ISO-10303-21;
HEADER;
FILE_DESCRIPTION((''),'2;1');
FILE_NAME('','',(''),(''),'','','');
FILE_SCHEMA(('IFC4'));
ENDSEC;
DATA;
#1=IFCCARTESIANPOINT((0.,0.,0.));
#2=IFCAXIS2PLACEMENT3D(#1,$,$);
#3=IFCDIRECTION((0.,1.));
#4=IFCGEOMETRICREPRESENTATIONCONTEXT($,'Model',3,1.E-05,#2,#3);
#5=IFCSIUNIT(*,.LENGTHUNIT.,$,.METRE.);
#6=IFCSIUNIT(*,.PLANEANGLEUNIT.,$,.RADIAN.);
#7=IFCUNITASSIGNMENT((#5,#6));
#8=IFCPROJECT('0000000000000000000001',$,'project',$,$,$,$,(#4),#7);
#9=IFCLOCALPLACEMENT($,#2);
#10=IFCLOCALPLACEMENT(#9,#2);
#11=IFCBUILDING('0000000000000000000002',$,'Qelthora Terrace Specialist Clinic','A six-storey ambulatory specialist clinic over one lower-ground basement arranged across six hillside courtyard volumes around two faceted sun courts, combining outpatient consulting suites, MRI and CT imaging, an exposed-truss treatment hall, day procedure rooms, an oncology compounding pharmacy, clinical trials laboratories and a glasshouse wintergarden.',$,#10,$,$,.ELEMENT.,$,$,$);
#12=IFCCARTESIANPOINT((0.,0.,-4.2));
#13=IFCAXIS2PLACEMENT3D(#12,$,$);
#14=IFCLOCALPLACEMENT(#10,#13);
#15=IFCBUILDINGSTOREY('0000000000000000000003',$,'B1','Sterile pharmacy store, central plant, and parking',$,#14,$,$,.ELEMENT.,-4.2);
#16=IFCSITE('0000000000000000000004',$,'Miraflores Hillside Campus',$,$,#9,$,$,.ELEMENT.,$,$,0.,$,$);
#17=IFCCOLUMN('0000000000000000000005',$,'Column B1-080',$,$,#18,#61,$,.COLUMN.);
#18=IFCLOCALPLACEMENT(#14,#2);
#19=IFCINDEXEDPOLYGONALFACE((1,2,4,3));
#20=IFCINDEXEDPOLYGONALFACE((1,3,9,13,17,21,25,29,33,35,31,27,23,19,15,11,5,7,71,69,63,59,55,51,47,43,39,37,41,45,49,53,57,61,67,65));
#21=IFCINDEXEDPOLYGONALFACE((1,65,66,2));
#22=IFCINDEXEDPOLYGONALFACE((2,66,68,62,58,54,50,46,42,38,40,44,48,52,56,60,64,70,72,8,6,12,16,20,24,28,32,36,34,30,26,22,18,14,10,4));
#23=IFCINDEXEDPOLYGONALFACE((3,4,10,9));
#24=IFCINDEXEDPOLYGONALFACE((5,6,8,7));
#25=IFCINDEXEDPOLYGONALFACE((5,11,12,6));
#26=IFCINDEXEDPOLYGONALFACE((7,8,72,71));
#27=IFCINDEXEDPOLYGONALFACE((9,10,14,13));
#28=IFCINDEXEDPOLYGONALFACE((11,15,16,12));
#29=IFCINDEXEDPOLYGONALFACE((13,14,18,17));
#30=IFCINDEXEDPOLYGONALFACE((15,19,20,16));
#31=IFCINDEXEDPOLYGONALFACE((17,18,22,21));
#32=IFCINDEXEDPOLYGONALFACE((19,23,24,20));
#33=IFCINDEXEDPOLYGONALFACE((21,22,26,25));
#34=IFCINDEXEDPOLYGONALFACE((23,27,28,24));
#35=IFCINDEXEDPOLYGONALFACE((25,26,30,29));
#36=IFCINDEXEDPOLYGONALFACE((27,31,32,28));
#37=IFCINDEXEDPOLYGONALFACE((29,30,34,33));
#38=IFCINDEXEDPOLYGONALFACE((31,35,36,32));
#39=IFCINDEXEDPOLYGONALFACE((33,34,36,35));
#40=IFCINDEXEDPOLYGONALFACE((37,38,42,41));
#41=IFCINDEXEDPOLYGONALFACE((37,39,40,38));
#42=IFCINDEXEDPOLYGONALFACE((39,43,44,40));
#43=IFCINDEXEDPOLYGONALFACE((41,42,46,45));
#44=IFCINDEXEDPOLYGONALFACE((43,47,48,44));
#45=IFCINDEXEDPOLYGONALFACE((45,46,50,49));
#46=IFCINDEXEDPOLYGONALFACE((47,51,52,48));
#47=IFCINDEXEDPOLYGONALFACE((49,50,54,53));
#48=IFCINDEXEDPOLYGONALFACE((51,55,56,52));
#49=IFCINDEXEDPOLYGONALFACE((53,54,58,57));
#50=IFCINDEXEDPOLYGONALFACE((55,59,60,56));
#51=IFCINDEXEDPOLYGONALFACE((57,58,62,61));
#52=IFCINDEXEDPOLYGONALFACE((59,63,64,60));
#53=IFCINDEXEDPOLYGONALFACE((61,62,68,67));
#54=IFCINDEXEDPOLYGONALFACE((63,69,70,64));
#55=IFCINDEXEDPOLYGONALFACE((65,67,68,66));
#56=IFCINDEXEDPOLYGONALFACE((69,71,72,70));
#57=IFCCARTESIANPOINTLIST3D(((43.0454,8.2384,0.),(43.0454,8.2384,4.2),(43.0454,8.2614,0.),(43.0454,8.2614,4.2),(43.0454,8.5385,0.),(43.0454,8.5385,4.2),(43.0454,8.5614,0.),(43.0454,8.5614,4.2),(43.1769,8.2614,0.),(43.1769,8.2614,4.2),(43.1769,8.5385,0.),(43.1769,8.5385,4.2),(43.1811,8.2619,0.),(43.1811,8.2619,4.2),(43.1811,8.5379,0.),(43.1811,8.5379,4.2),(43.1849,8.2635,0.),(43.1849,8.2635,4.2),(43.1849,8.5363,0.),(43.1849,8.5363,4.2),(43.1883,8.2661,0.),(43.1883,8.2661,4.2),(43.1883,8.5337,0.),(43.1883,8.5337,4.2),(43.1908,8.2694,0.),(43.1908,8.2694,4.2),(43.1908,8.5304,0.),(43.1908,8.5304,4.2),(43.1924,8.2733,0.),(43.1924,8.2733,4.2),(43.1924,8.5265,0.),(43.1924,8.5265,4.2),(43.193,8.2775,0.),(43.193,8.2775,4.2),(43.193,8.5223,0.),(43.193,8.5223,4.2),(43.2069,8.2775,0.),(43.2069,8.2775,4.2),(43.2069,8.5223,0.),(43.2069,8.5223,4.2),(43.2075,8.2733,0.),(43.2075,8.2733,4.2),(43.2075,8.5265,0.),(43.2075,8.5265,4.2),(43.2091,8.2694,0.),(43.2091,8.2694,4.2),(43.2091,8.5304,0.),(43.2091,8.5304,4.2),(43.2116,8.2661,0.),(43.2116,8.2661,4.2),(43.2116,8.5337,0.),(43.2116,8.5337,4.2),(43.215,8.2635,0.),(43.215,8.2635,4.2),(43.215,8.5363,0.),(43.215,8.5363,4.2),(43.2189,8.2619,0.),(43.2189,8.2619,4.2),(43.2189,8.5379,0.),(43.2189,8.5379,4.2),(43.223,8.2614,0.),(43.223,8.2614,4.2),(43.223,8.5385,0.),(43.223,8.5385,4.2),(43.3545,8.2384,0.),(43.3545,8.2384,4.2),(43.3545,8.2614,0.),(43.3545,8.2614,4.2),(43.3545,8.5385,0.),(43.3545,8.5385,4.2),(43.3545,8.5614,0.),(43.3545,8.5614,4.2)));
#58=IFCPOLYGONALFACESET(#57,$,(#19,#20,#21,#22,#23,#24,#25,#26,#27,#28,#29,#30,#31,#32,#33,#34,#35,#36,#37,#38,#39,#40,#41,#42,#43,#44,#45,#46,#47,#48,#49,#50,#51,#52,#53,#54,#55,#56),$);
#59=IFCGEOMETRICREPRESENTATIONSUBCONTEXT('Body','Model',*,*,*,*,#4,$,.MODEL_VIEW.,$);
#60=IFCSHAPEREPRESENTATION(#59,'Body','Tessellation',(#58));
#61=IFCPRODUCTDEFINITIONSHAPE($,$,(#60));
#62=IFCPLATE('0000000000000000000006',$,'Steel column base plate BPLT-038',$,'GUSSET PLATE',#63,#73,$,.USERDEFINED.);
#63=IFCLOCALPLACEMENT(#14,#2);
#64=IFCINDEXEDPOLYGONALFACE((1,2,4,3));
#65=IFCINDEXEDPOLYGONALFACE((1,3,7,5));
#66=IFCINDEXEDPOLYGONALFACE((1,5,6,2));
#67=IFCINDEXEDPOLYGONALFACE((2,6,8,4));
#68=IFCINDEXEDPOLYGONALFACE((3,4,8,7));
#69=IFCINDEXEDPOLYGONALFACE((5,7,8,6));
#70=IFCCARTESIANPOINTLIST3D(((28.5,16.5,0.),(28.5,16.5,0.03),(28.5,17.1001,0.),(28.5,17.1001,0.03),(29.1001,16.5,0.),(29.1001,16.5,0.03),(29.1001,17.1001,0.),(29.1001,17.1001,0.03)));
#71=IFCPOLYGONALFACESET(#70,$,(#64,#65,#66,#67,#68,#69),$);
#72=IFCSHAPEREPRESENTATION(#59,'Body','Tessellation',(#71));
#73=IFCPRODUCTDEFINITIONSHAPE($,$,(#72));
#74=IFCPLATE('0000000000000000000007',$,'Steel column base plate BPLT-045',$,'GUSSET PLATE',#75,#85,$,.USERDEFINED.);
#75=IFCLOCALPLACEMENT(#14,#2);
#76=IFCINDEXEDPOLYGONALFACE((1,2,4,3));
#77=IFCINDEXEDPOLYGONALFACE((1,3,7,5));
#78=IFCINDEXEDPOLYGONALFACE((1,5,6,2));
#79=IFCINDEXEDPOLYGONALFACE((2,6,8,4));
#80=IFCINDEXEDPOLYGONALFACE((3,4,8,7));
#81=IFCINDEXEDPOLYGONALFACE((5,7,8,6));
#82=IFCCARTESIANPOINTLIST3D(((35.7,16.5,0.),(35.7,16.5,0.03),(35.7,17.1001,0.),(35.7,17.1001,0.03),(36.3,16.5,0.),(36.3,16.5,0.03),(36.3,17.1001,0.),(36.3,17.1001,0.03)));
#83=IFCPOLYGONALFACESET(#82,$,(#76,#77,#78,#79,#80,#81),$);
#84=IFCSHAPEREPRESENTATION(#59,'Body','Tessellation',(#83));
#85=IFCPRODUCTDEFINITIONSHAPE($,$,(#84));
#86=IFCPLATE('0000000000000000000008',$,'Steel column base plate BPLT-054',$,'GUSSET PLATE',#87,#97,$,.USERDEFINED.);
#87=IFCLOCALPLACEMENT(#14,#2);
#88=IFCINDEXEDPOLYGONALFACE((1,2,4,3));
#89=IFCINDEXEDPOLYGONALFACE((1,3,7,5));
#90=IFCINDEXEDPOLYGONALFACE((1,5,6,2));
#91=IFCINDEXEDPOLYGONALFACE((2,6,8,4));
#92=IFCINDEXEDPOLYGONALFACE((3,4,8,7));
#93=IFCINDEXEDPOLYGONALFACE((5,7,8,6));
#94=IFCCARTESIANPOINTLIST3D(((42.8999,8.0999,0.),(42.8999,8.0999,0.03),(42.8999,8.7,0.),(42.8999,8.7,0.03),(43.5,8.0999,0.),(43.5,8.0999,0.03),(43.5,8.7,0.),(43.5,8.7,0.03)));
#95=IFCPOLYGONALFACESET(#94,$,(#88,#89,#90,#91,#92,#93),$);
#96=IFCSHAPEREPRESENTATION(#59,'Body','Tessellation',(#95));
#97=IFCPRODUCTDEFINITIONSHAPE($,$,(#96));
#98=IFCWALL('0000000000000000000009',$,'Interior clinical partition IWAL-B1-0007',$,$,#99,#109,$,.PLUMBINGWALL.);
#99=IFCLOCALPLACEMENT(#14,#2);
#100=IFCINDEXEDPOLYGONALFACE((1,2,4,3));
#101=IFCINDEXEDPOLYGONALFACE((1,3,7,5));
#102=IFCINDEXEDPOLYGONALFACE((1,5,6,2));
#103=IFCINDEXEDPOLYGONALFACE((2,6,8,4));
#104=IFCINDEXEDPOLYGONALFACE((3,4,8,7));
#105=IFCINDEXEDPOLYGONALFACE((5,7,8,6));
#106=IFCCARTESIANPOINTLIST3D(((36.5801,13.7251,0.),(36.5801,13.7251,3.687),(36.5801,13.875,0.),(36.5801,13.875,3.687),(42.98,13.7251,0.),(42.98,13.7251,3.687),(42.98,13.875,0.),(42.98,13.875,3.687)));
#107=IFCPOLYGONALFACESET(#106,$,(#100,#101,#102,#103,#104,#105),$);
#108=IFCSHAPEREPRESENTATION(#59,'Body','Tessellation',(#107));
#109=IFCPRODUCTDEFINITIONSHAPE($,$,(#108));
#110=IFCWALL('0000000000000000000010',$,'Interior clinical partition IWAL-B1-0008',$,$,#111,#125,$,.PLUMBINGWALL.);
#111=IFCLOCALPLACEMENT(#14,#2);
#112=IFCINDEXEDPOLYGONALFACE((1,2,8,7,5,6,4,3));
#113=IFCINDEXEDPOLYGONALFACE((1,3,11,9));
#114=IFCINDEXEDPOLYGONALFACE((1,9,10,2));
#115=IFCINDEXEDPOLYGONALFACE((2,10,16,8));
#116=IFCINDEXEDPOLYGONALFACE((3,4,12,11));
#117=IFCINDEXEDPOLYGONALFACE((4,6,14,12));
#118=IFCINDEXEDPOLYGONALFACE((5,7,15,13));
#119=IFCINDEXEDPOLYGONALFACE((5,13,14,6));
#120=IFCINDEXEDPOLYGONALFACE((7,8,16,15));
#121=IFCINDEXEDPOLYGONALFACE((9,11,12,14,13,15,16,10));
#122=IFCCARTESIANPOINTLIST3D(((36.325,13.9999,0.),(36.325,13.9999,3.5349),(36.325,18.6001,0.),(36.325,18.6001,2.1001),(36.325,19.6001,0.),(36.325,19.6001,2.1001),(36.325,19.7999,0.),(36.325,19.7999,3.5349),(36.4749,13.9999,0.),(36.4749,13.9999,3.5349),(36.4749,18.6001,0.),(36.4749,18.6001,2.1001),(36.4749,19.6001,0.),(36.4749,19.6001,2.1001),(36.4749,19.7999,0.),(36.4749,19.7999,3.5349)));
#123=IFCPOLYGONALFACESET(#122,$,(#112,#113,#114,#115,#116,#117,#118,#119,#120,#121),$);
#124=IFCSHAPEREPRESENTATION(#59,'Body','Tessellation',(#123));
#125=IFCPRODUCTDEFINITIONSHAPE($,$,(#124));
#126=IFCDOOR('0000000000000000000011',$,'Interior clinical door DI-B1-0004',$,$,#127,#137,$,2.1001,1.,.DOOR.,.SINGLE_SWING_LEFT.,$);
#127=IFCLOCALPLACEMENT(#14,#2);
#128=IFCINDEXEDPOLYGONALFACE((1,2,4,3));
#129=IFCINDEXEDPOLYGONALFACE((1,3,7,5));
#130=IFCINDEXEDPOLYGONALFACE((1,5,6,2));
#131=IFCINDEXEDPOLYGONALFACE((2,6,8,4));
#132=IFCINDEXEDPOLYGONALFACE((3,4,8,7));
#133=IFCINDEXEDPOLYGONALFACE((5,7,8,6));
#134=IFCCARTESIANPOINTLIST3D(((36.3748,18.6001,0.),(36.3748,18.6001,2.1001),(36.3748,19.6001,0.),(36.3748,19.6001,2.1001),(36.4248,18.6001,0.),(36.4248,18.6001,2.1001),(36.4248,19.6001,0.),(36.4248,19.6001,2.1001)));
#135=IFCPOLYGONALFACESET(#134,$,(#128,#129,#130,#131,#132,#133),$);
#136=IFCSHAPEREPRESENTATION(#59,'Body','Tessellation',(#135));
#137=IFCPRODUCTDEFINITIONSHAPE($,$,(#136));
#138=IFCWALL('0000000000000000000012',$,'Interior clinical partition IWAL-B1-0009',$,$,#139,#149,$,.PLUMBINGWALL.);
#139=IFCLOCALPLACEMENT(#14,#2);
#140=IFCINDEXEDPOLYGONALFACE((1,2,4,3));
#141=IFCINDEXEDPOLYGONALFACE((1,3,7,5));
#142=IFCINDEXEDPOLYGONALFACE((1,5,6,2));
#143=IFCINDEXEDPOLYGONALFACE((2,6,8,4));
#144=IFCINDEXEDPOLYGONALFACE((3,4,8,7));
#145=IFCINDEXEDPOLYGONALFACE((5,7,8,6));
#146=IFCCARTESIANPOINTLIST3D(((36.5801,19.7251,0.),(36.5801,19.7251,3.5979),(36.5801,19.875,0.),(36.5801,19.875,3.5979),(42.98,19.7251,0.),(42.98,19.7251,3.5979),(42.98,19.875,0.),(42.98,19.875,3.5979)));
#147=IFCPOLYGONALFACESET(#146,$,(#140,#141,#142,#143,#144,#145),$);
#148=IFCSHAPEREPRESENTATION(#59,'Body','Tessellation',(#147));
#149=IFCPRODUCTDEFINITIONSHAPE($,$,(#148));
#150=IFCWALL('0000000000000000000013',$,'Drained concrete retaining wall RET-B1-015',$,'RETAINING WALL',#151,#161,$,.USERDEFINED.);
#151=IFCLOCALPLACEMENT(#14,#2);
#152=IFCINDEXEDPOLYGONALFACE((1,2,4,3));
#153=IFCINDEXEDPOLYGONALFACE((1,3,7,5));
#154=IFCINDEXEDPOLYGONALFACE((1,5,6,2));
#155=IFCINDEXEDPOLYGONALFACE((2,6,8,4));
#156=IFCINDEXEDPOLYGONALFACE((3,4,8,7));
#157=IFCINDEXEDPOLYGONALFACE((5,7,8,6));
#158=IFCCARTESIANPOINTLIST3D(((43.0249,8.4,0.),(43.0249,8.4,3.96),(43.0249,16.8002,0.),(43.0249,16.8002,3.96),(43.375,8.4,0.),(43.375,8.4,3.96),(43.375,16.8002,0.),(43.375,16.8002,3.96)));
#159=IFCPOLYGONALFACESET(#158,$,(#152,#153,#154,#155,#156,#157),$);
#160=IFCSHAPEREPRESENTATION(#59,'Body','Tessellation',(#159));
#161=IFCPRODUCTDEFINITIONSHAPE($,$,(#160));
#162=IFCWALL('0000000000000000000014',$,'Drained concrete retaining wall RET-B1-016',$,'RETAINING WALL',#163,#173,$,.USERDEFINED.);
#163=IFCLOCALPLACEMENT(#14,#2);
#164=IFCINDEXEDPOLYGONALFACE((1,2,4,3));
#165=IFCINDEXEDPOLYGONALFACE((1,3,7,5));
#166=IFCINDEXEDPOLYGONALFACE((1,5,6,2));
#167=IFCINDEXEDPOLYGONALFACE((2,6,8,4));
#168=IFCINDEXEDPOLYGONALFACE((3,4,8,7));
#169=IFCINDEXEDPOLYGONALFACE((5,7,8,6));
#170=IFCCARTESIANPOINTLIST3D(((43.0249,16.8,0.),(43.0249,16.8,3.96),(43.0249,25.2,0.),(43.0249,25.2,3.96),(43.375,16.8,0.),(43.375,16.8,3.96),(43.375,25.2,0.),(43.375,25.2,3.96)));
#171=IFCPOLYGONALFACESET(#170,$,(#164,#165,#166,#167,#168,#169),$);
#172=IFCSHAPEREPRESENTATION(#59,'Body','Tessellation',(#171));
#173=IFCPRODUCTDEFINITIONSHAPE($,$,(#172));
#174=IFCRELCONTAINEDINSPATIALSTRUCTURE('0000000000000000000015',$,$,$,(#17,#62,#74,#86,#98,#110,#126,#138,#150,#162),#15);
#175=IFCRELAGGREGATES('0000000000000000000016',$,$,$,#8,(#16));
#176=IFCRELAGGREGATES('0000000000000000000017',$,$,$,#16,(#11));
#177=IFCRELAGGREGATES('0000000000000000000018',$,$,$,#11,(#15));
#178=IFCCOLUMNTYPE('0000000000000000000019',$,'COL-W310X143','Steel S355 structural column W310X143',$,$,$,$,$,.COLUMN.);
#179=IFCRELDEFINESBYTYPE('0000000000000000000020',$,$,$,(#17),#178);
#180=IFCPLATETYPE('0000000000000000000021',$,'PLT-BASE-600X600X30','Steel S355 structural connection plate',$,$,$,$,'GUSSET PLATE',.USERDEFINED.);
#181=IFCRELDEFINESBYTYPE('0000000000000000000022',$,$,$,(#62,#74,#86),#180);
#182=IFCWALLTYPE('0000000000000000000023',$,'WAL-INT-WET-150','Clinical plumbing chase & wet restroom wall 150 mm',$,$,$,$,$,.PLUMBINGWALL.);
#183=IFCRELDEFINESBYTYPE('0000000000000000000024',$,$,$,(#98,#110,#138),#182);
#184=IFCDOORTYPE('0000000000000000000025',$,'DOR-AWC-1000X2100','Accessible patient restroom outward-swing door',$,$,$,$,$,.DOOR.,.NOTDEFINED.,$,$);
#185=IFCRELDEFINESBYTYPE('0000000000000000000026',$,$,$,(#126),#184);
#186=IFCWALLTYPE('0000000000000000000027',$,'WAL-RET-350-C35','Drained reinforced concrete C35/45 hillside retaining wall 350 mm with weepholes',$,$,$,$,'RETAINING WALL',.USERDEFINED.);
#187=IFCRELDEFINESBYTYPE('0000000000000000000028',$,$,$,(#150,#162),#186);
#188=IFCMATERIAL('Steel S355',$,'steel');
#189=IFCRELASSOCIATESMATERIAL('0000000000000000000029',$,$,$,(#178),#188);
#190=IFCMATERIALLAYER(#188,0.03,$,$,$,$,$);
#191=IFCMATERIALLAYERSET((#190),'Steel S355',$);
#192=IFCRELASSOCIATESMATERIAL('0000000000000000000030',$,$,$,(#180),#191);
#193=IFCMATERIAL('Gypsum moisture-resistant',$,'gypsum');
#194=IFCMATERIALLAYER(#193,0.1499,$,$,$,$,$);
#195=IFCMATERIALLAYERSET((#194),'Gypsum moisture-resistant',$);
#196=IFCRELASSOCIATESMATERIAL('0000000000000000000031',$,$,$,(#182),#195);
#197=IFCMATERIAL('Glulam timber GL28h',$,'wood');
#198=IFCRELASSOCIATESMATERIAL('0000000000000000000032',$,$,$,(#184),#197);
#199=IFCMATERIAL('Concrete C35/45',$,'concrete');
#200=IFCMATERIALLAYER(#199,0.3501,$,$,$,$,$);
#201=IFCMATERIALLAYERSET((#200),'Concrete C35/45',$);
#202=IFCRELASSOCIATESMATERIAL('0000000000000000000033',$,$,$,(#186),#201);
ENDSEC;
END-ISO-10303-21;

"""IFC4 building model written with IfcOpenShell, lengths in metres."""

from ifc_helpers import new_model, si_unit, direction, frame, frame_2d, origin, origin_2d, place, context, subcontext, project, spatial, rectangle, i_section, extrude, material, layer, layer_set, material_profile, profile_set, type_object, element, fill, save


model = new_model("IFC4")

# Units and contexts
model_context = context("Model", 3, precision=1e-05, world=origin(), true_north=direction((0.0, 1.0)))
body_context = subcontext(model_context, "Body", "Model", "MODEL_VIEW")
ifc_project = project(units=[si_unit("LENGTHUNIT", "METRE"), si_unit("PLANEANGLEUNIT", "RADIAN")], contexts=[model_context])

# Site, building, storey
site_placement = place(None, origin())
site = spatial("IfcSite", under=ifc_project, at=site_placement, Name="Miraflores Hillside Campus", CompositionType="ELEMENT", RefElevation=0.0)
building_placement = place(site_placement, origin())
building = spatial("IfcBuilding", under=site, at=building_placement, Name="Qelthora Terrace Specialist Clinic", Description="A six-storey ambulatory specialist clinic over one lower-ground basement arranged across six hillside courtyard volumes around two faceted sun courts, combining outpatient consulting suites, MRI and CT imaging, an exposed-truss treatment hall, day procedure rooms, an oncology compounding pharmacy, clinical trials laboratories and a glasshouse wintergarden.", CompositionType="ELEMENT")
storey_placement = place(building_placement, frame((0.0, 0.0, -4.2)))
storey = spatial("IfcBuildingStorey", under=building, at=storey_placement, Name="B1", Description="Sterile pharmacy store, central plant, and parking", CompositionType="ELEMENT", Elevation=-4.2)

# Shared definitions
ifc_material_1 = material(Name="Concrete C35/45", Category="concrete")

# Column
ifc_material_2 = material(Name="Steel S355", Category="steel")
ifc_material_profile_1 = material_profile(ifc_material_2, i_section(OverallWidth=0.3091, OverallDepth=0.323, WebThickness=0.0139, FlangeThickness=0.0229, FilletRadius=0.0161, at=origin_2d()), Name="W310X143")
ifc_profile_set_1 = profile_set([ifc_material_profile_1], Name="Steel S355")
column_type_1 = type_object("IfcColumnType", Name="COL-W310X143", Description="Steel S355 structural column W310X143", PredefinedType="COLUMN", material=ifc_profile_set_1)
column_1_placement = place(storey_placement, frame((43.2, 8.3999, 0.0), z_axis=(0.0, 0.0, 1.0), x_axis=(1.0, 0.0, 0.0)))
element("IfcColumn", 1, at=column_1_placement, inside=storey, type_object=column_type_1, Name="Column B1-080", PredefinedType="COLUMN", context=body_context, shape_type="SweptSolid", body=[
    extrude(i_section(OverallWidth=0.3091, OverallDepth=0.323, WebThickness=0.0139, FlangeThickness=0.0229, FilletRadius=0.0161, at=origin_2d()), origin(), (0.0, 0.0, 1.0), 4.2),
])

# Plates
ifc_layer_1 = layer(ifc_material_2, 0.03)
ifc_layer_set_1 = layer_set([ifc_layer_1], Name="Steel S355")
plate_type = type_object("IfcPlateType", Name="PLT-BASE-600X600X30", Description="Steel S355 structural connection plate", ElementType="GUSSET PLATE", PredefinedType="USERDEFINED", material=ifc_layer_set_1)
for number, where, z_axis, x_axis, name in (
    (2, (28.8, 16.8, 0.0), (0.0, 0.0, 1.0), (1.0, 0.0, 0.0), "Steel column base plate BPLT-038"),
    (3, (36.0, 16.8, 0.0), (0.0, 0.0, 1.0), (1.0, 0.0, 0.0), "Steel column base plate BPLT-045"),
    (4, (43.2, 8.3999, 0.0), (0.0, 0.0, 1.0), (1.0, 0.0, 0.0), "Steel column base plate BPLT-054"),
):
    element("IfcPlate", number, at=place(storey_placement, frame(where, z_axis=z_axis, x_axis=x_axis)), inside=storey, type_object=plate_type, Name=name, ObjectType="GUSSET PLATE", PredefinedType="USERDEFINED", context=body_context, shape_type="SweptSolid", body=[
        extrude(rectangle(XDim=0.6001, YDim=0.6001, at=origin_2d()), origin(), (0.0, 0.0, 1.0), 0.03),
    ])

# Wall
ifc_material_3 = material(Name="Gypsum moisture-resistant", Category="gypsum")
ifc_layer_2 = layer(ifc_material_3, 0.1499)
ifc_layer_set_2 = layer_set([ifc_layer_2], Name="Gypsum moisture-resistant")
wall_type_1 = type_object("IfcWallType", Name="WAL-INT-WET-150", Description="Clinical plumbing chase & wet restroom wall 150 mm", PredefinedType="PLUMBINGWALL", material=ifc_layer_set_2)
wall_1_placement = place(storey_placement, frame((36.5801, 13.8, 0.0), z_axis=(0.0, 0.0, 1.0), x_axis=(1.0, 0.0, 0.0)))
element("IfcWall", 5, at=wall_1_placement, inside=storey, type_object=wall_type_1, Name="Interior clinical partition IWAL-B1-0007", PredefinedType="PLUMBINGWALL", context=body_context, shape_type="SweptSolid", body=[
    extrude(rectangle(XDim=6.3999, YDim=0.1499, at=frame_2d((3.2, 0.0))), origin(), (0.0, 0.0, 1.0), 3.687),
])

# Wall, opening, door
wall_2_placement = place(storey_placement, frame((36.3999, 14.0, 0.0), z_axis=(0.0, 0.0, 1.0), x_axis=(0.0, 1.0, 0.0)))
wall_2 = element("IfcWall", 6, at=wall_2_placement, inside=storey, type_object=wall_type_1, Name="Interior clinical partition IWAL-B1-0008", PredefinedType="PLUMBINGWALL", context=body_context, shape_type="SweptSolid", body=[
    extrude(rectangle(XDim=5.8, YDim=0.1499, at=frame_2d((2.8999, 0.0))), origin(), (0.0, 0.0, 1.0), 3.5349),
])
opening_placement = place(wall_2_placement, frame((4.6001, 0.0, 0.0)))
opening = element("IfcOpeningElement", 7, at=opening_placement, cuts=wall_2, PredefinedType="OPENING", context=body_context, shape_type="SweptSolid", body=[
    extrude(rectangle(XDim=1.0, YDim=2.1001, at=frame_2d((0.5, 1.05))), frame((0.0, 0.085, 0.0), z_axis=(0.0, -1.0, 0.0), x_axis=(1.0, 0.0, 0.0)), (0.0, 0.0, 1.0), 0.1699),
])
ifc_material_4 = material(Name="Glulam timber GL28h", Category="wood")
door_type = type_object("IfcDoorType", Name="DOR-AWC-1000X2100", Description="Accessible patient restroom outward-swing door", OperationType="NOTDEFINED", PredefinedType="DOOR", material=ifc_material_4)
door_placement = place(opening_placement, frame((1.0, 0.0, 0.0), z_axis=(0.0, 0.0, 1.0), x_axis=(-1.0, 0.0, 0.0)))
door = element("IfcDoor", 8, at=door_placement, inside=storey, type_object=door_type, Name="Interior clinical door DI-B1-0004", OperationType="SINGLE_SWING_LEFT", OverallHeight=2.1001, OverallWidth=1.0, PredefinedType="DOOR", context=body_context, shape_type="SweptSolid", body=[
    extrude(rectangle(XDim=1.0, YDim=2.1001, at=frame_2d((0.5, 1.05))), frame((0.0, 0.0249, 0.0), z_axis=(0.0, -1.0, 0.0), x_axis=(1.0, 0.0, 0.0)), (0.0, 0.0, 1.0), 0.05),
])
fill(opening, door)

# Walls
wall_3_placement = place(storey_placement, frame((36.5801, 19.8, 0.0), z_axis=(0.0, 0.0, 1.0), x_axis=(1.0, 0.0, 0.0)))
element("IfcWall", 9, at=wall_3_placement, inside=storey, type_object=wall_type_1, Name="Interior clinical partition IWAL-B1-0009", PredefinedType="PLUMBINGWALL", context=body_context, shape_type="SweptSolid", body=[
    extrude(rectangle(XDim=6.3999, YDim=0.1499, at=frame_2d((3.2, 0.0))), origin(), (0.0, 0.0, 1.0), 3.5979),
])
ifc_layer_3 = layer(ifc_material_1, 0.3501)
ifc_layer_set_3 = layer_set([ifc_layer_3], Name="Concrete C35/45")
wall_type_2 = type_object("IfcWallType", Name="WAL-RET-350-C35", Description="Drained reinforced concrete C35/45 hillside retaining wall 350 mm with weepholes", ElementType="RETAINING WALL", PredefinedType="USERDEFINED", material=ifc_layer_set_3)
wall_4_placement = place(storey_placement, frame((43.2, 8.3999, 0.0), z_axis=(0.0, 0.0, 1.0), x_axis=(0.0, 1.0, 0.0)))
element("IfcWall", 10, at=wall_4_placement, inside=storey, type_object=wall_type_2, Name="Drained concrete retaining wall RET-B1-015", ObjectType="RETAINING WALL", PredefinedType="USERDEFINED", context=body_context, shape_type="SweptSolid", body=[
    extrude(rectangle(XDim=8.4001, YDim=0.3501, at=frame_2d((4.2002, 0.0))), origin(), (0.0, 0.0, 1.0), 3.96),
])
wall_5_placement = place(storey_placement, frame((43.2, 16.8, 0.0), z_axis=(0.0, 0.0, 1.0), x_axis=(0.0, 1.0, 0.0)))
element("IfcWall", 11, at=wall_5_placement, inside=storey, type_object=wall_type_2, Name="Drained concrete retaining wall RET-B1-016", ObjectType="RETAINING WALL", PredefinedType="USERDEFINED", context=body_context, shape_type="SweptSolid", body=[
    extrude(rectangle(XDim=8.3999, YDim=0.3501, at=frame_2d((4.2, 0.0))), origin(), (0.0, 0.0, 1.0), 3.96),
])

save(model, "model.ifc")
